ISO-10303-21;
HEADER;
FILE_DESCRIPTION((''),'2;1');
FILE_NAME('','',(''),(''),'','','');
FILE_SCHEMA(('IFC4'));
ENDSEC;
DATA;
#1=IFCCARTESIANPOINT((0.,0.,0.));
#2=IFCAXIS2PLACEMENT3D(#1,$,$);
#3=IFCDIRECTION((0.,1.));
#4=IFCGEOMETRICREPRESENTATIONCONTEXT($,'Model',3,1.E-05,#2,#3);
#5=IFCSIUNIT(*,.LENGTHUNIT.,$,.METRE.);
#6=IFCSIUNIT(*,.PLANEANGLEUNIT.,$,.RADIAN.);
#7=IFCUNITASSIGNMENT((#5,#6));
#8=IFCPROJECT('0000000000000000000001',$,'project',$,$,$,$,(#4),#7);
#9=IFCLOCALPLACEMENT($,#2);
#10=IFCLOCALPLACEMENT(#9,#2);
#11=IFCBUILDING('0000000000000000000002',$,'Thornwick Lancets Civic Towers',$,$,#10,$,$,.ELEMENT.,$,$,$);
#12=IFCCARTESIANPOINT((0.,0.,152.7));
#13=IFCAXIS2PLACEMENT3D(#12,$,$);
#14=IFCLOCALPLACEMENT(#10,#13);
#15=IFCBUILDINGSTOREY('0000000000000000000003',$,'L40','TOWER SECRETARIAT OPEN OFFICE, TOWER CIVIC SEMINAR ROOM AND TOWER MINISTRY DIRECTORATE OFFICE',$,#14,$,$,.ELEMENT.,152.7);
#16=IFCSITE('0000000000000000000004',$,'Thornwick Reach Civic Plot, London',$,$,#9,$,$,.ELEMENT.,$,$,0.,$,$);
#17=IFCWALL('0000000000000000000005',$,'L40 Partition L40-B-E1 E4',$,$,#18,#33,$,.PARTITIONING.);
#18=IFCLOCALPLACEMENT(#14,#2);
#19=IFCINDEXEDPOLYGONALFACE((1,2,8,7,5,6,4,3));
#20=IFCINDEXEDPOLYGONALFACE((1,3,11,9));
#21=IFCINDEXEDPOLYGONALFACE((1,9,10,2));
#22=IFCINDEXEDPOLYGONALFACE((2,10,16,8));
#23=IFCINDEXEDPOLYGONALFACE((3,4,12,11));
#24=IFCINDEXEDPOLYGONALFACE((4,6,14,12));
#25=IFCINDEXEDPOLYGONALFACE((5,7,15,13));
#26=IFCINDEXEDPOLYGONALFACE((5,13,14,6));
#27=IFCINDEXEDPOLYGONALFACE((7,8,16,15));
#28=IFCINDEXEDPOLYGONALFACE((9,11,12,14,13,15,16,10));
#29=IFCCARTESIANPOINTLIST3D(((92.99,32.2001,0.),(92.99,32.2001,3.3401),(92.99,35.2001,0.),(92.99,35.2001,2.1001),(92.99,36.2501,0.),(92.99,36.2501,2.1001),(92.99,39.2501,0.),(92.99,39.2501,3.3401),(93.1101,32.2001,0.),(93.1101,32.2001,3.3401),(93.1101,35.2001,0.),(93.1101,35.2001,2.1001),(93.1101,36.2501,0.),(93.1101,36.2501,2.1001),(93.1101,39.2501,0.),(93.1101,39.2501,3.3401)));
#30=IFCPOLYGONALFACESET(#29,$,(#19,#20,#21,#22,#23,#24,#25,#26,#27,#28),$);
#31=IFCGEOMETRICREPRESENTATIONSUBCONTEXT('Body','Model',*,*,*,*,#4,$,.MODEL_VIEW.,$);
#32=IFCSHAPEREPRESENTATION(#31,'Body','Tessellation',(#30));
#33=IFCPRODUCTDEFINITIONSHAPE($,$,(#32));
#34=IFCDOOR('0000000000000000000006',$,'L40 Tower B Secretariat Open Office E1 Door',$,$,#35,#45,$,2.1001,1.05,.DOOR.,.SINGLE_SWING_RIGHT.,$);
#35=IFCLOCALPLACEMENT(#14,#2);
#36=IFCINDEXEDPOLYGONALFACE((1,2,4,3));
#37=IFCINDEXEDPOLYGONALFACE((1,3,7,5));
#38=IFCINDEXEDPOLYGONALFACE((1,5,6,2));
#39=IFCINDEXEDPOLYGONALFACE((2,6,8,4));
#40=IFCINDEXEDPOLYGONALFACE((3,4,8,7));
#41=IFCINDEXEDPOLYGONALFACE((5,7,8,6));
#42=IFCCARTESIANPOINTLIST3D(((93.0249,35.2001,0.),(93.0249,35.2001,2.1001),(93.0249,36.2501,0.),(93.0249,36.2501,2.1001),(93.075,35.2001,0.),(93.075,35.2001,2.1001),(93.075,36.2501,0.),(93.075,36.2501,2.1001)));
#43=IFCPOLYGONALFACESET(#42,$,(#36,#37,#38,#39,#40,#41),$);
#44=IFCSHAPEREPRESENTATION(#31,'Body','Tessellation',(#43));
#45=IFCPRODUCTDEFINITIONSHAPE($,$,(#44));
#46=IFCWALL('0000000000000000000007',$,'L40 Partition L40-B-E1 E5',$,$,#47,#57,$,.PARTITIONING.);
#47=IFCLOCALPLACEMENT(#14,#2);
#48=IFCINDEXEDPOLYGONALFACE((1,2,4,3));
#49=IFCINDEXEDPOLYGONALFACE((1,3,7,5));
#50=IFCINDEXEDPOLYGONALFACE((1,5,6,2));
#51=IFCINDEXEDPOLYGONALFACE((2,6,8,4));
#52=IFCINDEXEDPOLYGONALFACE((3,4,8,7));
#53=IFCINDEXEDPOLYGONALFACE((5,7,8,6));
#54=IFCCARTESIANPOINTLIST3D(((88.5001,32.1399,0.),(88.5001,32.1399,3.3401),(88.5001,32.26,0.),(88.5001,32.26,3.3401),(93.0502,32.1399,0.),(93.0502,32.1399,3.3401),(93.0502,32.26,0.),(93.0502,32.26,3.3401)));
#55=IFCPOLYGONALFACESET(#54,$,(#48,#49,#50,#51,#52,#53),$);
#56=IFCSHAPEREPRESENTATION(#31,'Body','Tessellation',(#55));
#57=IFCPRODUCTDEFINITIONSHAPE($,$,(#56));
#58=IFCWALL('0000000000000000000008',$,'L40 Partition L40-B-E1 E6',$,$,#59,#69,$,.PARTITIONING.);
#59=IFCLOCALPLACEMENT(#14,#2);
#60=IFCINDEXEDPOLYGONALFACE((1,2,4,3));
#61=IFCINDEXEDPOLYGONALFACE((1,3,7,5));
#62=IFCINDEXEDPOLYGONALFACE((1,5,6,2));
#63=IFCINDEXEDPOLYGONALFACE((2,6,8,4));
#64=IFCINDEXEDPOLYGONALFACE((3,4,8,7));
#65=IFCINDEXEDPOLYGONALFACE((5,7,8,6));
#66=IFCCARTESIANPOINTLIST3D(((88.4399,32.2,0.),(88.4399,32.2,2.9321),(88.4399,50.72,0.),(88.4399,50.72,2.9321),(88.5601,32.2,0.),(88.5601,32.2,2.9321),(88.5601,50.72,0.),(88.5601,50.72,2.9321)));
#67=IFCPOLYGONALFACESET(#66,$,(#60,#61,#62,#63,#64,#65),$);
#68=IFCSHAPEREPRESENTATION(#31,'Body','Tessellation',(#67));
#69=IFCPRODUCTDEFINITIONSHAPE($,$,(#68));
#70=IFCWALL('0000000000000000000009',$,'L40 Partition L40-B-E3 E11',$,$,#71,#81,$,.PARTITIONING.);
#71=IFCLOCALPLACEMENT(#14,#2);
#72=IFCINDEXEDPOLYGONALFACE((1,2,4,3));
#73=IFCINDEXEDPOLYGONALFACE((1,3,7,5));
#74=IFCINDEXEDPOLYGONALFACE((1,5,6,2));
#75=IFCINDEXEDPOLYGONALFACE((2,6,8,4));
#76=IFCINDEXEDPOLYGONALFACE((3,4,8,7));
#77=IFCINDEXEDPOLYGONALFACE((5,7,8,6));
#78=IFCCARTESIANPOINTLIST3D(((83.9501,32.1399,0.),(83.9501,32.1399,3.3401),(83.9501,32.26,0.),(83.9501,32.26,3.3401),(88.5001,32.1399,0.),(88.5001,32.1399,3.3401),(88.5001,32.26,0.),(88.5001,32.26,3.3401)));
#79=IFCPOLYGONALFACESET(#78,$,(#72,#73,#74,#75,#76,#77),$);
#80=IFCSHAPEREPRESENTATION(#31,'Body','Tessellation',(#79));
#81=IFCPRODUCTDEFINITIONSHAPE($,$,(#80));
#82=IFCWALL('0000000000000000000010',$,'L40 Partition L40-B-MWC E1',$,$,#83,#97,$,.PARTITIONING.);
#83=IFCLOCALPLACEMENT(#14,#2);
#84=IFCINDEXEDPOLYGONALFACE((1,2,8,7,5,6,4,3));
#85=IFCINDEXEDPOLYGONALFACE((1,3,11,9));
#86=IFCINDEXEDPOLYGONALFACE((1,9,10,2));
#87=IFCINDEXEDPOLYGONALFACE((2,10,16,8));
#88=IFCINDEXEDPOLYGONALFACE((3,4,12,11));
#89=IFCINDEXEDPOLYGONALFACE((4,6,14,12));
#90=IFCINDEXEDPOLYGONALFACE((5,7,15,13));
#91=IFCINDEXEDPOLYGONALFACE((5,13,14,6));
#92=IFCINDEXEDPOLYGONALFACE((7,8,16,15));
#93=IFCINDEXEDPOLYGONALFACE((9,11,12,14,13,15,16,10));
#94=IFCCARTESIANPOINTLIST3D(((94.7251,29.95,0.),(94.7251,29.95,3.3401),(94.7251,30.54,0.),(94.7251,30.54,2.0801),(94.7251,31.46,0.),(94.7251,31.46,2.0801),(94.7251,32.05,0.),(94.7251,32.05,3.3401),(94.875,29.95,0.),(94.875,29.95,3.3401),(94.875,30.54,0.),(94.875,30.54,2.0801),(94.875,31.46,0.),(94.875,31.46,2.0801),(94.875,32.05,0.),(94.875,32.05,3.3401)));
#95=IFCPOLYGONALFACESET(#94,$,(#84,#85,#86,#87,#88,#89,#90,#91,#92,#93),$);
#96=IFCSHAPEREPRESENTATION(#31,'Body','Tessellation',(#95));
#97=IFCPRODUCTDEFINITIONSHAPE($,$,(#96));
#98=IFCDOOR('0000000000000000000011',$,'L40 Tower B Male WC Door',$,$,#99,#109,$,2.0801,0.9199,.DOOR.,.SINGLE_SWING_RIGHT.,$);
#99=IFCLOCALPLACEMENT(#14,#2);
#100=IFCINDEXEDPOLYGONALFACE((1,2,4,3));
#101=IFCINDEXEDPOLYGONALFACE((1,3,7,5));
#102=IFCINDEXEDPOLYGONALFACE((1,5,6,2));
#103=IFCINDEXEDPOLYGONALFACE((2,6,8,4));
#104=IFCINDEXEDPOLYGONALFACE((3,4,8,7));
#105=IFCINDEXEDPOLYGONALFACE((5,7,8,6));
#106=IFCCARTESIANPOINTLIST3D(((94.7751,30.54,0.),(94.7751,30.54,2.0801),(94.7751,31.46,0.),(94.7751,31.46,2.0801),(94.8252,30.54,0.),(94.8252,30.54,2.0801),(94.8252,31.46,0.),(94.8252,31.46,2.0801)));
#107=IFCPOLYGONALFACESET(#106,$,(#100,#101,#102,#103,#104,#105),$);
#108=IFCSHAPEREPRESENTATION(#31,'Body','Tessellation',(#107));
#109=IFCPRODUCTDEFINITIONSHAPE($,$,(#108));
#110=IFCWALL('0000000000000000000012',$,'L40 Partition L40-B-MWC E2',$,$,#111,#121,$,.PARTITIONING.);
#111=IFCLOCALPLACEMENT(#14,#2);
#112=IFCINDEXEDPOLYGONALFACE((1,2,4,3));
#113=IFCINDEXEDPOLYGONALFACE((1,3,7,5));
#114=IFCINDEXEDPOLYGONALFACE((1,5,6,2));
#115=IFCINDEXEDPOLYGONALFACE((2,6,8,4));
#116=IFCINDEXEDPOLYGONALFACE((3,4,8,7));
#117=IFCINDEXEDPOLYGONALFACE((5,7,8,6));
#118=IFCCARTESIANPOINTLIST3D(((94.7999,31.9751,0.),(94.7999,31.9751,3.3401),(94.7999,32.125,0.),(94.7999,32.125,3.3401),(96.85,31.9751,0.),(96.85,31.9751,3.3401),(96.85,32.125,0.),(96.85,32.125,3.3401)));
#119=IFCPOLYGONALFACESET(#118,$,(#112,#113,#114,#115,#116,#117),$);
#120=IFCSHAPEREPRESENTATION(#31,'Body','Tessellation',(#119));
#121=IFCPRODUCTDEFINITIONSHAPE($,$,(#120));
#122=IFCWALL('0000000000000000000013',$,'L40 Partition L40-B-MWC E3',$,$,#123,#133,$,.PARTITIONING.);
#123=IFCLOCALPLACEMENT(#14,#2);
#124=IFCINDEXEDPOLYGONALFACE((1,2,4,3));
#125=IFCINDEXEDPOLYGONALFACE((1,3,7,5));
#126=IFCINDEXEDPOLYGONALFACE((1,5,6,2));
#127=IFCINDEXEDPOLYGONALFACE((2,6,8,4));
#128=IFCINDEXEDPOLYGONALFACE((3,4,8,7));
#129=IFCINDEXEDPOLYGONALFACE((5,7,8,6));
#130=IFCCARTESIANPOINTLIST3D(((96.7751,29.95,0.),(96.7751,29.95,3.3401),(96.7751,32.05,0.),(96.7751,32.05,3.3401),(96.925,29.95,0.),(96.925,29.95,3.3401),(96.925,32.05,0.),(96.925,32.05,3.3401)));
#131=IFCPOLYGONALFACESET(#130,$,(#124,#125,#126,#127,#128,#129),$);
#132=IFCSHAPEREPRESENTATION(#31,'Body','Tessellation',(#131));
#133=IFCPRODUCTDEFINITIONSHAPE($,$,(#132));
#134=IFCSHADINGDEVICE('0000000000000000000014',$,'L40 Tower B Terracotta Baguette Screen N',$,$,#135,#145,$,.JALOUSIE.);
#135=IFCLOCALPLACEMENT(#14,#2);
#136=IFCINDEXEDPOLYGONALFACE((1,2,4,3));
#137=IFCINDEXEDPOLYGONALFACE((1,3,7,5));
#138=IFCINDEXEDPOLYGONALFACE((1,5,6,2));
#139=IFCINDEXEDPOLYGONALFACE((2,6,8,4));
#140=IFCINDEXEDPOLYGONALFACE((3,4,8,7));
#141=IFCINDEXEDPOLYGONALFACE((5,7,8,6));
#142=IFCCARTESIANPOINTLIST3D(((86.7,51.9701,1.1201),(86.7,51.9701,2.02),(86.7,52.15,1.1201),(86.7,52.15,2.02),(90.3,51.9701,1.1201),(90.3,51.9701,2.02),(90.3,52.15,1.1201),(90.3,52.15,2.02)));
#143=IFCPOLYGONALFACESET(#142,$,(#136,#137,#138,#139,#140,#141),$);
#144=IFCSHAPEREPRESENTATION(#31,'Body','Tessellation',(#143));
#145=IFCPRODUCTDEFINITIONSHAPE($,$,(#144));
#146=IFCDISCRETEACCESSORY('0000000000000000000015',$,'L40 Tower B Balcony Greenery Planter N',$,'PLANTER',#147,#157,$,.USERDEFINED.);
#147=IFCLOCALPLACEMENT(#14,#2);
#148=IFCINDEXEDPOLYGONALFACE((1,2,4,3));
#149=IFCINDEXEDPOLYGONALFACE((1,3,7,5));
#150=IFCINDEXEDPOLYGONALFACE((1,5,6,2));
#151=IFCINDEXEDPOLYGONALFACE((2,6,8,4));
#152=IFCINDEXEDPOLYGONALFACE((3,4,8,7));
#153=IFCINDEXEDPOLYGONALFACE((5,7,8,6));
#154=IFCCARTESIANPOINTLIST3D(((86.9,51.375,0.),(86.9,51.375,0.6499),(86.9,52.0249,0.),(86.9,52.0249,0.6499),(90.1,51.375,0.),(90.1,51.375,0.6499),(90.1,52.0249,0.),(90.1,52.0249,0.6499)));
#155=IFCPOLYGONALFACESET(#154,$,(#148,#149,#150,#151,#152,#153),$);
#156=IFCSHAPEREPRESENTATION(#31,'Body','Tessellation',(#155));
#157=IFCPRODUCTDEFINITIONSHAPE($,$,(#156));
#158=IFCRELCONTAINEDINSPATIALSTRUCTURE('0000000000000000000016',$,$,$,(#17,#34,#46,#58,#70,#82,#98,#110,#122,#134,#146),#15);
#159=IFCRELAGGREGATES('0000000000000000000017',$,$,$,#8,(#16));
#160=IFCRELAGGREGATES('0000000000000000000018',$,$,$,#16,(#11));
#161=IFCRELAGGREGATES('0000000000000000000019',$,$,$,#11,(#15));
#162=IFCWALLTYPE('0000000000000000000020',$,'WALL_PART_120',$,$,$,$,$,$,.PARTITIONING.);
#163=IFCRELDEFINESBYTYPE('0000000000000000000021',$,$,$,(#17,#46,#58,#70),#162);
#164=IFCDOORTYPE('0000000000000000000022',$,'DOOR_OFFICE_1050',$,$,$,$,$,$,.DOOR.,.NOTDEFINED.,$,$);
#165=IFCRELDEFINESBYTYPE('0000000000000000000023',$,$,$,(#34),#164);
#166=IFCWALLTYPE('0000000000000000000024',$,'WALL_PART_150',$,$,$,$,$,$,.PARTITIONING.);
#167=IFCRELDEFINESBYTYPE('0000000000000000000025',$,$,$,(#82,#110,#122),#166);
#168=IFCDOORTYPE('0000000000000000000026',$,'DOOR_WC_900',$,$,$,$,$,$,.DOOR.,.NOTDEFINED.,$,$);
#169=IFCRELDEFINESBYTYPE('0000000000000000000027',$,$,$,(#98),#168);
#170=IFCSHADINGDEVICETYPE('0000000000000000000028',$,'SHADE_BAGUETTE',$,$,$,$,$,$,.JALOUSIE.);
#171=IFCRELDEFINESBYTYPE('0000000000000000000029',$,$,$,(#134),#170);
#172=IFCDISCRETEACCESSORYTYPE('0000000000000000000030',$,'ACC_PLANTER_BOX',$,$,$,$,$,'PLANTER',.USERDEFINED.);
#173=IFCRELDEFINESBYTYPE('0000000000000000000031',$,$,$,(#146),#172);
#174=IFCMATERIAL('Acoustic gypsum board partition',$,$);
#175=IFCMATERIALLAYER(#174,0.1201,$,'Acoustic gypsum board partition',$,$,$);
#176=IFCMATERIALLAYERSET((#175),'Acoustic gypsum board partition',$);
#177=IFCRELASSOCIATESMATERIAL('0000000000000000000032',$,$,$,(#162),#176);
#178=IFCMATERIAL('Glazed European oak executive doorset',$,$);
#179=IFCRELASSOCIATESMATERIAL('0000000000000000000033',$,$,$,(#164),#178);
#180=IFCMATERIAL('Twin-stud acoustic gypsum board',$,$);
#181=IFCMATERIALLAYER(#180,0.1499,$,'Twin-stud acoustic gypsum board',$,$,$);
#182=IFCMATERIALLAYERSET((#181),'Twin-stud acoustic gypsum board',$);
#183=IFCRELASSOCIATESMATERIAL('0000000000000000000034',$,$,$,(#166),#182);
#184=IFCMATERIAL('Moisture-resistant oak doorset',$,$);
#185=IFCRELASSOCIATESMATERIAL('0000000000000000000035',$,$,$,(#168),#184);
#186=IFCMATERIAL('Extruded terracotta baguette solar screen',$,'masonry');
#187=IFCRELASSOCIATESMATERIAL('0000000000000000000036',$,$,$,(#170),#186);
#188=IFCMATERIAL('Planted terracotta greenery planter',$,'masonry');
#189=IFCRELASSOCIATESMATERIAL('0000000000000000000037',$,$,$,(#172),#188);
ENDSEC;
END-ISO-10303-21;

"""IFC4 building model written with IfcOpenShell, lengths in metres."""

from ifc_helpers import new_model, si_unit, direction, frame, frame_2d, origin, origin_2d, place, context, subcontext, project, spatial, rectangle, extrude, material, layer, layer_set, type_object, element, fill, save


model = new_model("IFC4")

# Units and contexts
model_context = context("Model", 3, precision=1e-05, world=origin(), true_north=direction((0.0, 1.0)))
body_context = subcontext(model_context, "Body", "Model", "MODEL_VIEW")
ifc_project = project(units=[si_unit("LENGTHUNIT", "METRE"), si_unit("PLANEANGLEUNIT", "RADIAN")], contexts=[model_context])

# Site, building, storey
site_placement = place(None, origin())
site = spatial("IfcSite", under=ifc_project, at=site_placement, Name="Thornwick Reach Civic Plot, London", CompositionType="ELEMENT", RefElevation=0.0)
building_placement = place(site_placement, origin())
building = spatial("IfcBuilding", under=site, at=building_placement, Name="Thornwick Lancets Civic Towers", CompositionType="ELEMENT")
storey_placement = place(building_placement, frame((0.0, 0.0, 152.7)))
storey = spatial("IfcBuildingStorey", under=building, at=storey_placement, Name="L40", Description="TOWER SECRETARIAT OPEN OFFICE, TOWER CIVIC SEMINAR ROOM AND TOWER MINISTRY DIRECTORATE OFFICE", CompositionType="ELEMENT", Elevation=152.7)

# Shared definitions
ifc_material_1 = material(Name="Acoustic gypsum board partition")
ifc_layer_1 = layer(ifc_material_1, 0.1201, Name="Acoustic gypsum board partition")
ifc_layer_set_1 = layer_set([ifc_layer_1], Name="Acoustic gypsum board partition")
wall_type_1 = type_object("IfcWallType", Name="WALL_PART_120", PredefinedType="PARTITIONING", material=ifc_layer_set_1)

# Wall, opening, door
wall_1_placement = place(storey_placement, frame((93.05, 39.25, 0.0), z_axis=(0.0, 0.0, 1.0), x_axis=(0.0, -1.0, 0.0)))
wall_1 = element("IfcWall", 1, at=wall_1_placement, inside=storey, type_object=wall_type_1, Name="L40 Partition L40-B-E1 E4", PredefinedType="PARTITIONING", context=body_context, shape_type="SweptSolid", body=[
    extrude(rectangle(XDim=7.05, YDim=0.1201, at=frame_2d((3.5249, 0.0))), origin(), (0.0, 0.0, 1.0), 3.3401),
])
opening_1_placement = place(wall_1_placement, frame((3.0, 0.0, 0.0)))
opening_1 = element("IfcOpeningElement", 2, at=opening_1_placement, cuts=wall_1, PredefinedType="OPENING", context=body_context, shape_type="SweptSolid", body=[
    extrude(rectangle(XDim=1.05, YDim=2.1001, at=frame_2d((0.5249, 1.05))), frame((0.0, 0.0701, 0.0), z_axis=(0.0, -1.0, 0.0), x_axis=(1.0, 0.0, 0.0)), (0.0, 0.0, 1.0), 0.1401),
])
ifc_material_2 = material(Name="Glazed European oak executive doorset")
door_type_1 = type_object("IfcDoorType", Name="DOOR_OFFICE_1050", OperationType="NOTDEFINED", PredefinedType="DOOR", material=ifc_material_2)
door_1_placement = place(opening_1_placement, origin())
door_1 = element("IfcDoor", 3, at=door_1_placement, inside=storey, type_object=door_type_1, Name="L40 Tower B Secretariat Open Office E1 Door", OperationType="SINGLE_SWING_RIGHT", OverallHeight=2.1001, OverallWidth=1.05, PredefinedType="DOOR", context=body_context, shape_type="SweptSolid", body=[
    extrude(rectangle(XDim=1.05, YDim=2.1001, at=frame_2d((0.5249, 1.05))), frame((0.0, 0.0249, 0.0), z_axis=(0.0, -1.0, 0.0), x_axis=(1.0, 0.0, 0.0)), (0.0, 0.0, 1.0), 0.05),
])
fill(opening_1, door_1)

# Walls
wall_2_placement = place(storey_placement, frame((93.05, 32.2, 0.0), z_axis=(0.0, 0.0, 1.0), x_axis=(-1.0, 0.0, 0.0)))
element("IfcWall", 4, at=wall_2_placement, inside=storey, type_object=wall_type_1, Name="L40 Partition L40-B-E1 E5", PredefinedType="PARTITIONING", context=body_context, shape_type="SweptSolid", body=[
    extrude(rectangle(XDim=4.55, YDim=0.1201, at=frame_2d((2.2749, 0.0))), origin(), (0.0, 0.0, 1.0), 3.3401),
])
wall_3_placement = place(storey_placement, frame((88.5, 32.2, 0.0), z_axis=(0.0, 0.0, 1.0), x_axis=(0.0, 1.0, 0.0)))
element("IfcWall", 5, at=wall_3_placement, inside=storey, type_object=wall_type_1, Name="L40 Partition L40-B-E1 E6", PredefinedType="PARTITIONING", context=body_context, shape_type="SweptSolid", body=[
    extrude(rectangle(XDim=18.52, YDim=0.1201, at=frame_2d((9.26, 0.0))), origin(), (0.0, 0.0, 1.0), 2.9321),
])
wall_4_placement = place(storey_placement, frame((88.5, 32.2, 0.0), z_axis=(0.0, 0.0, 1.0), x_axis=(-1.0, 0.0, 0.0)))
element("IfcWall", 6, at=wall_4_placement, inside=storey, type_object=wall_type_1, Name="L40 Partition L40-B-E3 E11", PredefinedType="PARTITIONING", context=body_context, shape_type="SweptSolid", body=[
    extrude(rectangle(XDim=4.55, YDim=0.1201, at=frame_2d((2.2749, 0.0))), origin(), (0.0, 0.0, 1.0), 3.3401),
])

# Wall, opening, door
ifc_material_3 = material(Name="Twin-stud acoustic gypsum board")
ifc_layer_2 = layer(ifc_material_3, 0.1499, Name="Twin-stud acoustic gypsum board")
ifc_layer_set_2 = layer_set([ifc_layer_2], Name="Twin-stud acoustic gypsum board")
wall_type_2 = type_object("IfcWallType", Name="WALL_PART_150", PredefinedType="PARTITIONING", material=ifc_layer_set_2)
wall_5_placement = place(storey_placement, frame((94.8, 29.95, 0.0), z_axis=(0.0, 0.0, 1.0), x_axis=(0.0, 1.0, 0.0)))
wall_5 = element("IfcWall", 7, at=wall_5_placement, inside=storey, type_object=wall_type_2, Name="L40 Partition L40-B-MWC E1", PredefinedType="PARTITIONING", context=body_context, shape_type="SweptSolid", body=[
    extrude(rectangle(XDim=2.1001, YDim=0.1499, at=frame_2d((1.05, 0.0))), origin(), (0.0, 0.0, 1.0), 3.3401),
])
opening_2_placement = place(wall_5_placement, frame((0.5901, 0.0, 0.0)))
opening_2 = element("IfcOpeningElement", 8, at=opening_2_placement, cuts=wall_5, PredefinedType="OPENING", context=body_context, shape_type="SweptSolid", body=[
    extrude(rectangle(XDim=0.9199, YDim=2.0801, at=frame_2d((0.46, 1.04))), frame((0.0, 0.085, 0.0), z_axis=(0.0, -1.0, 0.0), x_axis=(1.0, 0.0, 0.0)), (0.0, 0.0, 1.0), 0.1699),
])
ifc_material_4 = material(Name="Moisture-resistant oak doorset")
door_type_2 = type_object("IfcDoorType", Name="DOOR_WC_900", OperationType="NOTDEFINED", PredefinedType="DOOR", material=ifc_material_4)
door_2_placement = place(opening_2_placement, origin())
door_2 = element("IfcDoor", 9, at=door_2_placement, inside=storey, type_object=door_type_2, Name="L40 Tower B Male WC Door", OperationType="SINGLE_SWING_RIGHT", OverallHeight=2.0801, OverallWidth=0.9199, PredefinedType="DOOR", context=body_context, shape_type="SweptSolid", body=[
    extrude(rectangle(XDim=0.9199, YDim=2.0801, at=frame_2d((0.46, 1.04))), frame((0.0, 0.0249, 0.0), z_axis=(0.0, -1.0, 0.0), x_axis=(1.0, 0.0, 0.0)), (0.0, 0.0, 1.0), 0.05),
])
fill(opening_2, door_2)

# Walls
wall_6_placement = place(storey_placement, frame((94.8, 32.05, 0.0), z_axis=(0.0, 0.0, 1.0), x_axis=(1.0, 0.0, 0.0)))
element("IfcWall", 10, at=wall_6_placement, inside=storey, type_object=wall_type_2, Name="L40 Partition L40-B-MWC E2", PredefinedType="PARTITIONING", context=body_context, shape_type="SweptSolid", body=[
    extrude(rectangle(XDim=2.05, YDim=0.1499, at=frame_2d((1.0249, 0.0))), origin(), (0.0, 0.0, 1.0), 3.3401),
])
wall_7_placement = place(storey_placement, frame((96.8501, 32.05, 0.0), z_axis=(0.0, 0.0, 1.0), x_axis=(0.0, -1.0, 0.0)))
element("IfcWall", 11, at=wall_7_placement, inside=storey, type_object=wall_type_2, Name="L40 Partition L40-B-MWC E3", PredefinedType="PARTITIONING", context=body_context, shape_type="SweptSolid", body=[
    extrude(rectangle(XDim=2.1001, YDim=0.1499, at=frame_2d((1.05, 0.0))), origin(), (0.0, 0.0, 1.0), 3.3401),
])

# Shading device
ifc_material_5 = material(Name="Extruded terracotta baguette solar screen", Category="masonry")
shading_device_type = type_object("IfcShadingDeviceType", Name="SHADE_BAGUETTE", PredefinedType="JALOUSIE", material=ifc_material_5)
shading_device_placement = place(storey_placement, frame((88.5, 52.0601, 1.1201), z_axis=(0.0, 0.0, 1.0), x_axis=(1.0, 0.0, 0.0)))
element("IfcShadingDevice", 12, at=shading_device_placement, inside=storey, type_object=shading_device_type, Name="L40 Tower B Terracotta Baguette Screen N", PredefinedType="JALOUSIE", context=body_context, shape_type="SweptSolid", body=[
    extrude(rectangle(XDim=3.6001, YDim=0.1799, at=origin_2d()), origin(), (0.0, 0.0, 1.0), 0.8999),
])

# Discrete accessory
ifc_material_6 = material(Name="Planted terracotta greenery planter", Category="masonry")
discrete_accessory_type = type_object("IfcDiscreteAccessoryType", Name="ACC_PLANTER_BOX", ElementType="PLANTER", PredefinedType="USERDEFINED", material=ifc_material_6)
discrete_accessory_placement = place(storey_placement, frame((88.5, 51.7, 0.0), z_axis=(0.0, 0.0, 1.0), x_axis=(1.0, 0.0, 0.0)))
element("IfcDiscreteAccessory", 13, at=discrete_accessory_placement, inside=storey, type_object=discrete_accessory_type, Name="L40 Tower B Balcony Greenery Planter N", ObjectType="PLANTER", PredefinedType="USERDEFINED", context=body_context, shape_type="SweptSolid", body=[
    extrude(rectangle(XDim=3.2, YDim=0.6499, at=origin_2d()), origin(), (0.0, 0.0, 1.0), 0.6499),
])

save(model, "model.ifc")
